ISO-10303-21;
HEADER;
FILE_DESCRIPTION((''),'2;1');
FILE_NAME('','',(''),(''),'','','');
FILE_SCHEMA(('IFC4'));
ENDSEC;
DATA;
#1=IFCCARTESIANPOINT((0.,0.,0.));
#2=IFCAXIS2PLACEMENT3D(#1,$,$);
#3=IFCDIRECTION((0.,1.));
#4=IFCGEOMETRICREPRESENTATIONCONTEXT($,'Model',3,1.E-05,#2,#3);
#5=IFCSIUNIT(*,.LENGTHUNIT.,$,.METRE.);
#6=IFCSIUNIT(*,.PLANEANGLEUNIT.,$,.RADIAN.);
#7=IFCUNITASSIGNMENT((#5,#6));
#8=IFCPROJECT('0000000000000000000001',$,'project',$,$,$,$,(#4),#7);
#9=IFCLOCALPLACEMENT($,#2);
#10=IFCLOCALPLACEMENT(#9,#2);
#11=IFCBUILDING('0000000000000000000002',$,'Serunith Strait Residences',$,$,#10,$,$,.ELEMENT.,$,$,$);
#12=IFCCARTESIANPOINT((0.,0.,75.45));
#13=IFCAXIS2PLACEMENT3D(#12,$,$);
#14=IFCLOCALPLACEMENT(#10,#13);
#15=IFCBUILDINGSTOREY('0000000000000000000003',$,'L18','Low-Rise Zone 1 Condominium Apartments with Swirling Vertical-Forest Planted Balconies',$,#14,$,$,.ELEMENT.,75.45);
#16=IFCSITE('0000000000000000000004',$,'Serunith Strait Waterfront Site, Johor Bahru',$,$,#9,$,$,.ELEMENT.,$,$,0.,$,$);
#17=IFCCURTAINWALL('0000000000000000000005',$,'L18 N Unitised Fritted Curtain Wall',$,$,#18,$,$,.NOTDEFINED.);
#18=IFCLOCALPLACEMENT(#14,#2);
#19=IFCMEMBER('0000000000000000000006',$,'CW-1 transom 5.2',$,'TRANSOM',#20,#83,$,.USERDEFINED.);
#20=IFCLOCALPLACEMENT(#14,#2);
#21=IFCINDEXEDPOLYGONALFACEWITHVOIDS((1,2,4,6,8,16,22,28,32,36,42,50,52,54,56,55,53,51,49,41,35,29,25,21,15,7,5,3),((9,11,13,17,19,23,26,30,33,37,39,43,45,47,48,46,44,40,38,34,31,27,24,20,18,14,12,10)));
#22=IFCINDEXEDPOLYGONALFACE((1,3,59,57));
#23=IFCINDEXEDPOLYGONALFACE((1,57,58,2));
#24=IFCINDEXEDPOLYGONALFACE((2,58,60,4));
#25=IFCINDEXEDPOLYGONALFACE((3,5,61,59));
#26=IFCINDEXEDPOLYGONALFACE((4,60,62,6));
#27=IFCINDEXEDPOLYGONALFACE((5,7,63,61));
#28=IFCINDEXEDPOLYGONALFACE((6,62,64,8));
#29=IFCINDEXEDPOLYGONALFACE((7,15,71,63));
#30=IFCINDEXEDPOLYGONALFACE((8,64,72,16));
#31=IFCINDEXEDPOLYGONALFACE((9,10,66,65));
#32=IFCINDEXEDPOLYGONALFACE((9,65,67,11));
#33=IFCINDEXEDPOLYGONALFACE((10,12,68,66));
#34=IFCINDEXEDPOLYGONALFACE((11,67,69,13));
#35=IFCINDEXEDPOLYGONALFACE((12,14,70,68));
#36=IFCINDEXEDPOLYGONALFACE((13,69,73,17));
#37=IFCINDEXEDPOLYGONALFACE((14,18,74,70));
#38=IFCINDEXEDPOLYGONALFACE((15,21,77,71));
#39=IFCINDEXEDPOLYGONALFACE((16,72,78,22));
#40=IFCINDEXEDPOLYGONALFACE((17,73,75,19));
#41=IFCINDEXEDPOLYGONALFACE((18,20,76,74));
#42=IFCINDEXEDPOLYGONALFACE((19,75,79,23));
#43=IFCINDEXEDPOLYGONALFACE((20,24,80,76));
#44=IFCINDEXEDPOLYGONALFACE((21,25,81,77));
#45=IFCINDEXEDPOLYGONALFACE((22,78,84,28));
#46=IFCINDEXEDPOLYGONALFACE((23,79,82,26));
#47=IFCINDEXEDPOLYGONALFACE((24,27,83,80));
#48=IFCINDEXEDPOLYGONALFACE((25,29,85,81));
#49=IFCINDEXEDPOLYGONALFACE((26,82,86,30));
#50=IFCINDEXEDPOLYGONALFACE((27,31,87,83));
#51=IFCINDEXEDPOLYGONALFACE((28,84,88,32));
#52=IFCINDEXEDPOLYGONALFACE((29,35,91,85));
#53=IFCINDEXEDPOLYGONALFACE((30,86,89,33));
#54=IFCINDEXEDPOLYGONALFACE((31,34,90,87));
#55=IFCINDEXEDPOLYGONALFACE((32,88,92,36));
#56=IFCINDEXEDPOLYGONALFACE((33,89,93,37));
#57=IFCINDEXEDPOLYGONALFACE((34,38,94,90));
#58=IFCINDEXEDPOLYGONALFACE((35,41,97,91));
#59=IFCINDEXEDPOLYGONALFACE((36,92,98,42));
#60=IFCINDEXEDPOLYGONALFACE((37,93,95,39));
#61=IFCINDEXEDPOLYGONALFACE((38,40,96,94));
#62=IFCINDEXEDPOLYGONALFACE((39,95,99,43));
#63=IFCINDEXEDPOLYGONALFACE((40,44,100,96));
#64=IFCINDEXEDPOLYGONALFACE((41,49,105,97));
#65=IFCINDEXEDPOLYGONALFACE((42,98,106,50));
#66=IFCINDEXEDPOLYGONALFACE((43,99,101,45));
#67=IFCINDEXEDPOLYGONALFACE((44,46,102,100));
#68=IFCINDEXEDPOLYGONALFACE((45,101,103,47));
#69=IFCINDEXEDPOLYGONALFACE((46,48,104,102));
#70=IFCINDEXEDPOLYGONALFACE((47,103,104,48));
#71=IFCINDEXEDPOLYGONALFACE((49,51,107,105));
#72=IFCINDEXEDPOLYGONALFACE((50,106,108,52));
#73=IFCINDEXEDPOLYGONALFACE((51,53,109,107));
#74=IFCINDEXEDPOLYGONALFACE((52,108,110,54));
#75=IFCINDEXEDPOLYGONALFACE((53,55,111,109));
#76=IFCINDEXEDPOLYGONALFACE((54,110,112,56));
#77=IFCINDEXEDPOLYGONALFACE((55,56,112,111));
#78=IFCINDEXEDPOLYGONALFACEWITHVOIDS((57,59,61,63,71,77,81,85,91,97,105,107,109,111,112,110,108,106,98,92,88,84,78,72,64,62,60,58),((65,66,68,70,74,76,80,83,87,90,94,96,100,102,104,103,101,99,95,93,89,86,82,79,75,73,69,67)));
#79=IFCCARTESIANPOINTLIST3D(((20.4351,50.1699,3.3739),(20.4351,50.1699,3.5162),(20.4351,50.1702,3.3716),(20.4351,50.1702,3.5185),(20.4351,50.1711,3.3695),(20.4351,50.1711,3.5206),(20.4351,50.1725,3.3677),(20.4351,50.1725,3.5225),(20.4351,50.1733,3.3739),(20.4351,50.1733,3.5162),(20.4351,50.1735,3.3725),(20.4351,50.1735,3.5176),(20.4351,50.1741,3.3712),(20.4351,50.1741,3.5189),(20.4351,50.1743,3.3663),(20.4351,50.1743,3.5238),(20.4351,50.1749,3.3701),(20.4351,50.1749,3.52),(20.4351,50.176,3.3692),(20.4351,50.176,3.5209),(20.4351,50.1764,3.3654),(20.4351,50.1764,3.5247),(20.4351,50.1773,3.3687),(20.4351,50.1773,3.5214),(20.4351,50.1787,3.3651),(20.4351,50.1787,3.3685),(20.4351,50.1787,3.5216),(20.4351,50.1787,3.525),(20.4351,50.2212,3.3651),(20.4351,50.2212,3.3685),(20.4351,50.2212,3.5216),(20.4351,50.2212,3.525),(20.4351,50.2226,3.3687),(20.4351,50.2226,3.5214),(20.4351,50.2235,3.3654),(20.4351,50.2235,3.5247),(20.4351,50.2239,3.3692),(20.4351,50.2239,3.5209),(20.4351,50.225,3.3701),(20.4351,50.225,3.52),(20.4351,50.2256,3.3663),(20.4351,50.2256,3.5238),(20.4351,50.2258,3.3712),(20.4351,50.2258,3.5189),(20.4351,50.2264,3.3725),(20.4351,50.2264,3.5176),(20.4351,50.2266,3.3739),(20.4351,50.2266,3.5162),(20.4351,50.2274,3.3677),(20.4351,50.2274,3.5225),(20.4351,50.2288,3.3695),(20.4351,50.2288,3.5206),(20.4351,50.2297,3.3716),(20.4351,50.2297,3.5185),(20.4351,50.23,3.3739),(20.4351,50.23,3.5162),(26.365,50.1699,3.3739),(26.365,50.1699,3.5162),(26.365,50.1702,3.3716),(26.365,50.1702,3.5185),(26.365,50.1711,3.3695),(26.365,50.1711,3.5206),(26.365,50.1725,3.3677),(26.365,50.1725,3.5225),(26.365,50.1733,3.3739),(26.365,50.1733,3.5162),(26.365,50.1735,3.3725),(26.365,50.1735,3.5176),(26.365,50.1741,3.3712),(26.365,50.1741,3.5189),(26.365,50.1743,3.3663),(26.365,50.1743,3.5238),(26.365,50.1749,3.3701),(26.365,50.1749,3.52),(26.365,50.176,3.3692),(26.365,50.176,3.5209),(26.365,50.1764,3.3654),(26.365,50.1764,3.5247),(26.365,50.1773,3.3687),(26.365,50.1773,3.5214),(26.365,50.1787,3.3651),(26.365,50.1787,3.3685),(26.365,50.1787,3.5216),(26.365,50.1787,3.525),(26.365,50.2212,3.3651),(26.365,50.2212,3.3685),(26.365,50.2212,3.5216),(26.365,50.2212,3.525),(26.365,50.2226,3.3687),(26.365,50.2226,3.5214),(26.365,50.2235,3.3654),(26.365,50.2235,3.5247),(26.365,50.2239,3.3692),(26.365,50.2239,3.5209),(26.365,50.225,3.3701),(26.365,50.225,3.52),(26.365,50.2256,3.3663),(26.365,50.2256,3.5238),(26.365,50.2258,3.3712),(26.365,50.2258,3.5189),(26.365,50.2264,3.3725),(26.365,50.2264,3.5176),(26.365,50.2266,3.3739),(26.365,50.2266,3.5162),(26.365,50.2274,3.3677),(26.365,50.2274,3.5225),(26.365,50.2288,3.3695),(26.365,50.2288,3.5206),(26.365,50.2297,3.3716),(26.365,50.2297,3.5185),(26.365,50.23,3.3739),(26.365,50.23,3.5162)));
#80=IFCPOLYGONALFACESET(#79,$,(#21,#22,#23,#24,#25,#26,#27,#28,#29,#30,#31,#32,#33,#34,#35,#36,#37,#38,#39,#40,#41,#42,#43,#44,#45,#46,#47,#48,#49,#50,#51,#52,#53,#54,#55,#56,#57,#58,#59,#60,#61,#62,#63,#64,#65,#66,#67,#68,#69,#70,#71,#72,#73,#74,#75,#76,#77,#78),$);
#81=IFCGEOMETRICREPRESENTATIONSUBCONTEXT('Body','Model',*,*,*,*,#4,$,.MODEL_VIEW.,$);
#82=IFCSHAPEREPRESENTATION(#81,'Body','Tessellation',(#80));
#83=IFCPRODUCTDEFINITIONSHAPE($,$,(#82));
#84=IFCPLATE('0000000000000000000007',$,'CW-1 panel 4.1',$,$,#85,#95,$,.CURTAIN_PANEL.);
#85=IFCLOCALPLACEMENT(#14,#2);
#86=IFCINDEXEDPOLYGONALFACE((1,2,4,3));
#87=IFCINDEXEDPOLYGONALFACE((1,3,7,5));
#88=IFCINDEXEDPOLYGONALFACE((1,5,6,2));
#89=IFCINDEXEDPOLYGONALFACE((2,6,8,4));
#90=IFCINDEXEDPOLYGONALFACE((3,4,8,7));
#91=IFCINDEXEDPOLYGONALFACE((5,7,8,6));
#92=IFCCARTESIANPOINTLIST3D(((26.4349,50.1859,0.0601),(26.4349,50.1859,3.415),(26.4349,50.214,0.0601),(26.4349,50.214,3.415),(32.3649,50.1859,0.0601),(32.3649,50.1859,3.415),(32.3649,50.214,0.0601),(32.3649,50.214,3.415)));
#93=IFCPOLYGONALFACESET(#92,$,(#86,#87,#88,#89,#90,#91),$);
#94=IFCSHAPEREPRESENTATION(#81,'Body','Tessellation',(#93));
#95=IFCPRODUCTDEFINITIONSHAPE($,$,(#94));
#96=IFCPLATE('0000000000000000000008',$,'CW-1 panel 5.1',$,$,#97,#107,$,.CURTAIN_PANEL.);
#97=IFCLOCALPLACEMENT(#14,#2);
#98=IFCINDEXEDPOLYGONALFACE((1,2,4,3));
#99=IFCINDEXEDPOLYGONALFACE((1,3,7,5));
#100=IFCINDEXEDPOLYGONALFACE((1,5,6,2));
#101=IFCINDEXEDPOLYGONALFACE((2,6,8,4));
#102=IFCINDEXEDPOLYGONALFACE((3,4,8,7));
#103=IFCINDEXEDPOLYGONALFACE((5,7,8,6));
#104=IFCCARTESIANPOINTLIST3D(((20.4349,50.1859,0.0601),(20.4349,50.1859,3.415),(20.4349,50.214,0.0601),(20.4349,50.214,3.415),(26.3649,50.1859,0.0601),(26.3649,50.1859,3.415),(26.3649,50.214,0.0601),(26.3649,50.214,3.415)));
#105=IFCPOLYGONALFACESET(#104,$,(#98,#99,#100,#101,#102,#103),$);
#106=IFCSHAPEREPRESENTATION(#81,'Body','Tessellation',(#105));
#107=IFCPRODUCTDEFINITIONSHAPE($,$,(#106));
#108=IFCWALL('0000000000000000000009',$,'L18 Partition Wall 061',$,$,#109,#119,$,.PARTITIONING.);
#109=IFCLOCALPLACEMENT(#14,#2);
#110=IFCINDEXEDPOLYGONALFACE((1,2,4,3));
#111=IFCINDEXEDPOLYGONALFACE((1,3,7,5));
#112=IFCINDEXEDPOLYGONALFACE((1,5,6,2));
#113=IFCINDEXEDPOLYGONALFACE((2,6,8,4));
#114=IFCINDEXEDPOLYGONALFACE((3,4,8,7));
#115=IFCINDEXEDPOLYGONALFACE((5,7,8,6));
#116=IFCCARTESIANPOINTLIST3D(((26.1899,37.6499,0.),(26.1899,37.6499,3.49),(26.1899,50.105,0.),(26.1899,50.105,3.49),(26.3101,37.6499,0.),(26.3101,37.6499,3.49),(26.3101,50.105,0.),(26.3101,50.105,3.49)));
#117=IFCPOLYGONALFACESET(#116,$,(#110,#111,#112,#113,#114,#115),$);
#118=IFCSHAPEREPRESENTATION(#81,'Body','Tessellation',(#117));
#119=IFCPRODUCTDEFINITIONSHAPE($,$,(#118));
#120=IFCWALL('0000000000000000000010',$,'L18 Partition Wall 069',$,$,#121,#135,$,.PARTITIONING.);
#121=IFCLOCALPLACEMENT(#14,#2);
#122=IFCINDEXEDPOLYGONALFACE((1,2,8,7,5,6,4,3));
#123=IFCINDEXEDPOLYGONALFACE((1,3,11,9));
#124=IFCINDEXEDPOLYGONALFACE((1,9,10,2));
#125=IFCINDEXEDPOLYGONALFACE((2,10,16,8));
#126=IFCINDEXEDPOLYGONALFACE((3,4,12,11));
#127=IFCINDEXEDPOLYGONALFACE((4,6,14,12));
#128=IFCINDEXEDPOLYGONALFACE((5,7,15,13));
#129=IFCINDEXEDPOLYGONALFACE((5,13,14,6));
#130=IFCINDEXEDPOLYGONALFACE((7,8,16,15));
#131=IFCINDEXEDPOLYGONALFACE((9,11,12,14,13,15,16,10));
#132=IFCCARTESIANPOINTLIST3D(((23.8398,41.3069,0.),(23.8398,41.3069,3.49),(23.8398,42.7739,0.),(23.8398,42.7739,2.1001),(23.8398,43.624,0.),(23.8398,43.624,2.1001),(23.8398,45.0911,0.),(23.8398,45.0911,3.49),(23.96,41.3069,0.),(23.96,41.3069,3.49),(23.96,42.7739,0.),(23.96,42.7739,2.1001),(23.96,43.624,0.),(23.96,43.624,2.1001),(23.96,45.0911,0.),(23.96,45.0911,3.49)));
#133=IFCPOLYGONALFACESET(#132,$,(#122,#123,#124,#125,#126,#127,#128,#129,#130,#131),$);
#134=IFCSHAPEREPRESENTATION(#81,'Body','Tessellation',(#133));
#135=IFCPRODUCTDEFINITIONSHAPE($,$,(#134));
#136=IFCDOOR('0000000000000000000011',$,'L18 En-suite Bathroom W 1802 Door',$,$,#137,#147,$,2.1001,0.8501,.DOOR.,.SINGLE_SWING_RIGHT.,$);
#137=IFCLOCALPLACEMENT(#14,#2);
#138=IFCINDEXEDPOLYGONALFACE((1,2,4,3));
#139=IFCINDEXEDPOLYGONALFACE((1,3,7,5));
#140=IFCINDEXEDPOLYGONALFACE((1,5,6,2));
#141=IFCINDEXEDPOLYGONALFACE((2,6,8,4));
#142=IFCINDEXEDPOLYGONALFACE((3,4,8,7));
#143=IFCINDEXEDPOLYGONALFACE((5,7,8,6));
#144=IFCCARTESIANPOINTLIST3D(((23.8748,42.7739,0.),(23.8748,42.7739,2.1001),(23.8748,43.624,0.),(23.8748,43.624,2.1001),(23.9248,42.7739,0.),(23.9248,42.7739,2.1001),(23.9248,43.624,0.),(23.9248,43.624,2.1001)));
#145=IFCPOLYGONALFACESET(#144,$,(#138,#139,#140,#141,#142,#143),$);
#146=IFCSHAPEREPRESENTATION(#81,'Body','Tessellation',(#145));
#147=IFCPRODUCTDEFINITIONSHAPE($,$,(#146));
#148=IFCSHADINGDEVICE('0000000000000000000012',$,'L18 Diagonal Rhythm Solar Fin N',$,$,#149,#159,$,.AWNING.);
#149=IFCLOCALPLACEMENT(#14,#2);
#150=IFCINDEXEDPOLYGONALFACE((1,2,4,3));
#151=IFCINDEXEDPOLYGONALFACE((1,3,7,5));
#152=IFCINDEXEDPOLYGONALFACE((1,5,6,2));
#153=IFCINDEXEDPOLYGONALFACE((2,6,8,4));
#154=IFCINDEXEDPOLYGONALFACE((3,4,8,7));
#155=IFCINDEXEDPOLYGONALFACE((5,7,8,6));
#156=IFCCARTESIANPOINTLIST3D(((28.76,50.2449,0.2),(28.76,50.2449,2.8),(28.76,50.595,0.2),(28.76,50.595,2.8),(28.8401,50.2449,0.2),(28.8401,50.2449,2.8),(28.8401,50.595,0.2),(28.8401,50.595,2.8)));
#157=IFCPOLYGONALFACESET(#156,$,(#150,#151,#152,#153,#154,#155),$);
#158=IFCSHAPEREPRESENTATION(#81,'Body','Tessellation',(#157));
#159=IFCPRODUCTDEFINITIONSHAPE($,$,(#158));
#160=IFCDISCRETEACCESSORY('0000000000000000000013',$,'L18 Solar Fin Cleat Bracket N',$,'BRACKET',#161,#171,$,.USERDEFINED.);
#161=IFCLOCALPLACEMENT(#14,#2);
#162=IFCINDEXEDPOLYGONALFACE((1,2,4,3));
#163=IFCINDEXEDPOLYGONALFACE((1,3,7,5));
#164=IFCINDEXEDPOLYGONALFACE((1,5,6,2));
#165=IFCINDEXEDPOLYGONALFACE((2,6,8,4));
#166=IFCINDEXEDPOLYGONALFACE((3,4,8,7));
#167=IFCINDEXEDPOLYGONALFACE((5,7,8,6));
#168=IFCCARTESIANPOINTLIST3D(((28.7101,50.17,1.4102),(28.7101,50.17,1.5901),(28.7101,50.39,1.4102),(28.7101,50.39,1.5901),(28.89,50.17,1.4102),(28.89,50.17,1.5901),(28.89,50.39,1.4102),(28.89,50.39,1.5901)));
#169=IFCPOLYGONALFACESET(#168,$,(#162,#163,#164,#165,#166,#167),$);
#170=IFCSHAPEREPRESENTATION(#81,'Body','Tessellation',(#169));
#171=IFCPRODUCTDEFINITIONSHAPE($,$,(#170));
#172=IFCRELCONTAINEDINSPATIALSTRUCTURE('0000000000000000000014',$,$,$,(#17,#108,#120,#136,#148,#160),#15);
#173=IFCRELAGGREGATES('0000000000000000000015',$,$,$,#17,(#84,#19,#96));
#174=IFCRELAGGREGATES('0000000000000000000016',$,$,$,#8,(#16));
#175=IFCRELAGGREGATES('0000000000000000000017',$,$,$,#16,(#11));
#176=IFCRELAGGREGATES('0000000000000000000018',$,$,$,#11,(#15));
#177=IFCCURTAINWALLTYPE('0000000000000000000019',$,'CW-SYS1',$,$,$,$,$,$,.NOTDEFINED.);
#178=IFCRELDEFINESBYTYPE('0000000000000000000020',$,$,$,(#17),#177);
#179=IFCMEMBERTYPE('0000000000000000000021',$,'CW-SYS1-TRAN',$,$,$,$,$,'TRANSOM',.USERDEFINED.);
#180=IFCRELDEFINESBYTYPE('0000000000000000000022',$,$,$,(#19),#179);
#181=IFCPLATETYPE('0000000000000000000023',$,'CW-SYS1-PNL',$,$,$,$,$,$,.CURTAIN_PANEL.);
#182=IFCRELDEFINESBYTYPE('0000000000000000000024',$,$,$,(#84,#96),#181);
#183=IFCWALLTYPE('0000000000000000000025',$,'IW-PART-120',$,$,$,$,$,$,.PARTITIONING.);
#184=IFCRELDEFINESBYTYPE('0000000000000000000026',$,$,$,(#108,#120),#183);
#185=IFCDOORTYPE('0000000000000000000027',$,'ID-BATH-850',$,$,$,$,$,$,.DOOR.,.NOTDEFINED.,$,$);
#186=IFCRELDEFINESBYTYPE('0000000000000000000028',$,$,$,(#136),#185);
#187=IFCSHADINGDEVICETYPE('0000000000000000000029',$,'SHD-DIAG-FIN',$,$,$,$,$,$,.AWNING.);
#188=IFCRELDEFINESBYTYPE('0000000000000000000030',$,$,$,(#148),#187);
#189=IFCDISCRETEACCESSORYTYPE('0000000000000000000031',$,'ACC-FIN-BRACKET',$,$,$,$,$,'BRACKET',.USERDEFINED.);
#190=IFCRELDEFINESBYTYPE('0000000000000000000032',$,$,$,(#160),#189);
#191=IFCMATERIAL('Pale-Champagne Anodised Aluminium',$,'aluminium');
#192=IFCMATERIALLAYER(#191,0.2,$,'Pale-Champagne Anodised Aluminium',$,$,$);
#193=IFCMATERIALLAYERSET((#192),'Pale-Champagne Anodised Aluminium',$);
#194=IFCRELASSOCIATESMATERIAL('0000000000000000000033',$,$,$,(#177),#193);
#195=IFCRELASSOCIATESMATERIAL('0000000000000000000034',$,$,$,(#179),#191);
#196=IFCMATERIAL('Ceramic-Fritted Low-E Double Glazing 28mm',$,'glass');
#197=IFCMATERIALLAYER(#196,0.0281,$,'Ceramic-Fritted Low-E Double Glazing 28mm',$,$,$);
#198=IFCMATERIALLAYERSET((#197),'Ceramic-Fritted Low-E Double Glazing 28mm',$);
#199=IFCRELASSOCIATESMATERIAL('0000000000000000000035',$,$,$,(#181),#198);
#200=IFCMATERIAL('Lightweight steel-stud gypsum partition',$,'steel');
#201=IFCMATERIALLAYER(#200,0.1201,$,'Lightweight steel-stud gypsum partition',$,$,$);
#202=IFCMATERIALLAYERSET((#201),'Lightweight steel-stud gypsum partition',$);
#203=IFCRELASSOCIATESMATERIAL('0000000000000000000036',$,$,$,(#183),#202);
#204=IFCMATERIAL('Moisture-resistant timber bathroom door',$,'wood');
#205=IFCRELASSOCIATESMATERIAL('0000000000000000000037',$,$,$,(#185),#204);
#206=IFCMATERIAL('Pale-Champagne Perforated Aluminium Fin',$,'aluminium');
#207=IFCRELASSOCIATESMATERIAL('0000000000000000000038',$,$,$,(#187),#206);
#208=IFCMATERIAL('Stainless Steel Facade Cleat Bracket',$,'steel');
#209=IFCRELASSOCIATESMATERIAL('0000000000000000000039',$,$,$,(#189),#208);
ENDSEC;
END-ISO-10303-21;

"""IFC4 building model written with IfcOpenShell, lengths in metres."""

from ifc_helpers import new_model, si_unit, direction, frame, frame_2d, origin, origin_2d, place, context, subcontext, project, spatial, rectangle, hollow_rectangle, extrude, source, transform, mapped, material, layer, layer_set, material_profile, profile_set, type_object, element, fill, aggregate, save


model = new_model("IFC4")

# Units and contexts
model_context = context("Model", 3, precision=1e-05, world=origin(), true_north=direction((0.0, 1.0)))
body_context = subcontext(model_context, "Body", "Model", "MODEL_VIEW")
ifc_project = project(units=[si_unit("LENGTHUNIT", "METRE"), si_unit("PLANEANGLEUNIT", "RADIAN")], contexts=[model_context])

# Site, building, storey
site_placement = place(None, origin())
site = spatial("IfcSite", under=ifc_project, at=site_placement, Name="Serunith Strait Waterfront Site, Johor Bahru", CompositionType="ELEMENT", RefElevation=0.0)
building_placement = place(site_placement, origin())
building = spatial("IfcBuilding", under=site, at=building_placement, Name="Serunith Strait Residences", CompositionType="ELEMENT")
storey_placement = place(building_placement, frame((0.0, 0.0, 75.45)))
storey = spatial("IfcBuildingStorey", under=building, at=storey_placement, Name="L18", Description="Low-Rise Zone 1 Condominium Apartments with Swirling Vertical-Forest Planted Balconies", CompositionType="ELEMENT", Elevation=75.45)

# Curtain wall, member, plates
ifc_material_1 = material(Name="Pale-Champagne Anodised Aluminium", Category="aluminium")
ifc_layer_1 = layer(ifc_material_1, 0.2, Name="Pale-Champagne Anodised Aluminium")
ifc_layer_set_1 = layer_set([ifc_layer_1], Name="Pale-Champagne Anodised Aluminium")
curtain_wall_type = type_object("IfcCurtainWallType", Name="CW-SYS1", PredefinedType="NOTDEFINED", material=ifc_layer_set_1)
curtain_wall_placement = place(storey_placement, origin())
curtain_wall = element("IfcCurtainWall", 1, at=curtain_wall_placement, inside=storey, type_object=curtain_wall_type, Name="L18 N Unitised Fritted Curtain Wall", PredefinedType="NOTDEFINED")
ifc_material_profile_1 = material_profile(ifc_material_1, hollow_rectangle(XDim=0.0601, YDim=0.1599, WallThickness=0.0034, InnerFilletRadius=0.0054, OuterFilletRadius=0.0088, at=origin_2d()), Name="ALU 160x60x3.5")
ifc_profile_set_1 = profile_set([ifc_material_profile_1], Name="Pale-Champagne Anodised Aluminium")
member_type_1 = type_object("IfcMemberType", Name="CW-SYS1-TRAN", ElementType="TRANSOM", PredefinedType="USERDEFINED", material=ifc_profile_set_1)
shared_shape_1 = source(origin(), body_context, "Body", "SweptSolid", [
    extrude(hollow_rectangle(XDim=0.0601, YDim=0.1599, WallThickness=0.0034, InnerFilletRadius=0.0054, OuterFilletRadius=0.0088, at=origin_2d()), origin(), (0.0, 0.0, 1.0), 5.9299),
])
member_1_placement = place(storey_placement, frame((26.365, 50.2, 3.4451), z_axis=(-1.0, 0.0, 0.0), x_axis=(0.0, -1.0, 0.0)))
member_1 = element("IfcMember", 2, at=member_1_placement, type_object=member_type_1, Name="CW-1 transom 5.2", ObjectType="TRANSOM", PredefinedType="USERDEFINED", context=body_context, shape_type="MappedRepresentation", body=[
    mapped(shared_shape_1, transform((0.0, 0.0, 0.0), scale=1.0)),
])
ifc_material_2 = material(Name="Ceramic-Fritted Low-E Double Glazing 28mm", Category="glass")
ifc_layer_2 = layer(ifc_material_2, 0.0281, Name="Ceramic-Fritted Low-E Double Glazing 28mm")
ifc_layer_set_2 = layer_set([ifc_layer_2], Name="Ceramic-Fritted Low-E Double Glazing 28mm")
plate_type = type_object("IfcPlateType", Name="CW-SYS1-PNL", PredefinedType="CURTAIN_PANEL", material=ifc_layer_set_2)
shared_shape_2 = source(origin(), body_context, "Body", "SweptSolid", [
    extrude(rectangle(XDim=5.9299, YDim=0.0281, at=origin_2d()), origin(), (0.0, 0.0, 1.0), 3.355),
])
plate_1_placement = place(storey_placement, frame((29.3999, 50.2, 0.0601), z_axis=(0.0, 0.0, 1.0), x_axis=(-1.0, 0.0, 0.0)))
plate_1 = element("IfcPlate", 3, at=plate_1_placement, type_object=plate_type, Name="CW-1 panel 4.1", PredefinedType="CURTAIN_PANEL", context=body_context, shape_type="MappedRepresentation", body=[
    mapped(shared_shape_2, transform((0.0, 0.0, 0.0), scale=1.0)),
])
plate_2_placement = place(storey_placement, frame((23.3999, 50.2, 0.0601), z_axis=(0.0, 0.0, 1.0), x_axis=(-1.0, 0.0, 0.0)))
plate_2 = element("IfcPlate", 4, at=plate_2_placement, type_object=plate_type, Name="CW-1 panel 5.1", PredefinedType="CURTAIN_PANEL", context=body_context, shape_type="MappedRepresentation", body=[
    mapped(shared_shape_2, transform((0.0, 0.0, 0.0), scale=1.0)),
])
aggregate(curtain_wall, [plate_1, member_1, plate_2])

# Wall
ifc_material_3 = material(Name="Lightweight steel-stud gypsum partition", Category="steel")
ifc_layer_3 = layer(ifc_material_3, 0.1201, Name="Lightweight steel-stud gypsum partition")
ifc_layer_set_3 = layer_set([ifc_layer_3], Name="Lightweight steel-stud gypsum partition")
wall_type = type_object("IfcWallType", Name="IW-PART-120", PredefinedType="PARTITIONING", material=ifc_layer_set_3)
wall_1_placement = place(storey_placement, frame((26.25, 50.105, 0.0), z_axis=(0.0, 0.0, 1.0), x_axis=(0.0, -1.0, 0.0)))
element("IfcWall", 5, at=wall_1_placement, inside=storey, type_object=wall_type, Name="L18 Partition Wall 061", PredefinedType="PARTITIONING", context=body_context, shape_type="SweptSolid", body=[
    extrude(rectangle(XDim=12.4551, YDim=0.1201, at=frame_2d((6.2275, 0.0))), origin(), (0.0, 0.0, 1.0), 3.49),
])

# Wall, opening, door
wall_2_placement = place(storey_placement, frame((23.8999, 45.0911, 0.0), z_axis=(0.0, 0.0, 1.0), x_axis=(0.0, -1.0, 0.0)))
wall_2 = element("IfcWall", 6, at=wall_2_placement, inside=storey, type_object=wall_type, Name="L18 Partition Wall 069", PredefinedType="PARTITIONING", context=body_context, shape_type="SweptSolid", body=[
    extrude(rectangle(XDim=3.7842, YDim=0.1201, at=frame_2d((1.8921, 0.0))), origin(), (0.0, 0.0, 1.0), 3.49),
])
opening_placement = place(wall_2_placement, frame((1.467, 0.0, 0.0)))
opening = element("IfcOpeningElement", 7, at=opening_placement, cuts=wall_2, PredefinedType="OPENING", context=body_context, shape_type="SweptSolid", body=[
    extrude(rectangle(XDim=0.8501, YDim=2.1001, at=frame_2d((0.425, 1.05))), frame((0.0, 0.0701, 0.0), z_axis=(0.0, -1.0, 0.0), x_axis=(1.0, 0.0, 0.0)), (0.0, 0.0, 1.0), 0.1401),
])
ifc_material_4 = material(Name="Moisture-resistant timber bathroom door", Category="wood")
door_type = type_object("IfcDoorType", Name="ID-BATH-850", OperationType="NOTDEFINED", PredefinedType="DOOR", material=ifc_material_4)
shared_shape_3 = source(origin(), body_context, "Body", "SweptSolid", [
    extrude(rectangle(XDim=0.8501, YDim=2.1001, at=frame_2d((0.425, 1.05))), frame((0.0, 0.0249, 0.0), z_axis=(0.0, -1.0, 0.0), x_axis=(1.0, 0.0, 0.0)), (0.0, 0.0, 1.0), 0.05),
])
door_placement = place(opening_placement, origin())
door = element("IfcDoor", 8, at=door_placement, inside=storey, type_object=door_type, Name="L18 En-suite Bathroom W 1802 Door", OperationType="SINGLE_SWING_RIGHT", OverallHeight=2.1001, OverallWidth=0.8501, PredefinedType="DOOR", context=body_context, shape_type="MappedRepresentation", body=[
    mapped(shared_shape_3, transform((0.0, 0.0, 0.0), scale=1.0)),
])
fill(opening, door)

# Shading device
ifc_material_5 = material(Name="Pale-Champagne Perforated Aluminium Fin", Category="aluminium")
shading_device_type = type_object("IfcShadingDeviceType", Name="SHD-DIAG-FIN", PredefinedType="AWNING", material=ifc_material_5)
shared_shape_4 = source(origin(), body_context, "Body", "SweptSolid", [
    extrude(rectangle(XDim=0.0801, YDim=0.3501, at=origin_2d()), origin(), (0.0, 0.0, 1.0), 2.6001),
])
shading_device_placement = place(storey_placement, frame((28.8, 50.4199, 0.2), z_axis=(0.0, 0.0, 1.0), x_axis=(1.0, 0.0, 0.0)))
element("IfcShadingDevice", 9, at=shading_device_placement, inside=storey, type_object=shading_device_type, Name="L18 Diagonal Rhythm Solar Fin N", PredefinedType="AWNING", context=body_context, shape_type="MappedRepresentation", body=[
    mapped(shared_shape_4, transform((0.0, 0.0, 0.0), scale=1.0)),
])

# Discrete accessory
ifc_material_6 = material(Name="Stainless Steel Facade Cleat Bracket", Category="steel")
discrete_accessory_type = type_object("IfcDiscreteAccessoryType", Name="ACC-FIN-BRACKET", ElementType="BRACKET", PredefinedType="USERDEFINED", material=ifc_material_6)
shared_shape_5 = source(origin(), body_context, "Body", "SweptSolid", [
    extrude(rectangle(XDim=0.1799, YDim=0.22, at=origin_2d()), origin(), (0.0, 0.0, 1.0), 0.1799),
])
discrete_accessory_placement = place(storey_placement, frame((28.8, 50.28, 1.4102), z_axis=(0.0, 0.0, 1.0), x_axis=(1.0, 0.0, 0.0)))
element("IfcDiscreteAccessory", 10, at=discrete_accessory_placement, inside=storey, type_object=discrete_accessory_type, Name="L18 Solar Fin Cleat Bracket N", ObjectType="BRACKET", PredefinedType="USERDEFINED", context=body_context, shape_type="MappedRepresentation", body=[
    mapped(shared_shape_5, transform((0.0, 0.0, 0.0), scale=1.0)),
])

save(model, "model.ifc")
